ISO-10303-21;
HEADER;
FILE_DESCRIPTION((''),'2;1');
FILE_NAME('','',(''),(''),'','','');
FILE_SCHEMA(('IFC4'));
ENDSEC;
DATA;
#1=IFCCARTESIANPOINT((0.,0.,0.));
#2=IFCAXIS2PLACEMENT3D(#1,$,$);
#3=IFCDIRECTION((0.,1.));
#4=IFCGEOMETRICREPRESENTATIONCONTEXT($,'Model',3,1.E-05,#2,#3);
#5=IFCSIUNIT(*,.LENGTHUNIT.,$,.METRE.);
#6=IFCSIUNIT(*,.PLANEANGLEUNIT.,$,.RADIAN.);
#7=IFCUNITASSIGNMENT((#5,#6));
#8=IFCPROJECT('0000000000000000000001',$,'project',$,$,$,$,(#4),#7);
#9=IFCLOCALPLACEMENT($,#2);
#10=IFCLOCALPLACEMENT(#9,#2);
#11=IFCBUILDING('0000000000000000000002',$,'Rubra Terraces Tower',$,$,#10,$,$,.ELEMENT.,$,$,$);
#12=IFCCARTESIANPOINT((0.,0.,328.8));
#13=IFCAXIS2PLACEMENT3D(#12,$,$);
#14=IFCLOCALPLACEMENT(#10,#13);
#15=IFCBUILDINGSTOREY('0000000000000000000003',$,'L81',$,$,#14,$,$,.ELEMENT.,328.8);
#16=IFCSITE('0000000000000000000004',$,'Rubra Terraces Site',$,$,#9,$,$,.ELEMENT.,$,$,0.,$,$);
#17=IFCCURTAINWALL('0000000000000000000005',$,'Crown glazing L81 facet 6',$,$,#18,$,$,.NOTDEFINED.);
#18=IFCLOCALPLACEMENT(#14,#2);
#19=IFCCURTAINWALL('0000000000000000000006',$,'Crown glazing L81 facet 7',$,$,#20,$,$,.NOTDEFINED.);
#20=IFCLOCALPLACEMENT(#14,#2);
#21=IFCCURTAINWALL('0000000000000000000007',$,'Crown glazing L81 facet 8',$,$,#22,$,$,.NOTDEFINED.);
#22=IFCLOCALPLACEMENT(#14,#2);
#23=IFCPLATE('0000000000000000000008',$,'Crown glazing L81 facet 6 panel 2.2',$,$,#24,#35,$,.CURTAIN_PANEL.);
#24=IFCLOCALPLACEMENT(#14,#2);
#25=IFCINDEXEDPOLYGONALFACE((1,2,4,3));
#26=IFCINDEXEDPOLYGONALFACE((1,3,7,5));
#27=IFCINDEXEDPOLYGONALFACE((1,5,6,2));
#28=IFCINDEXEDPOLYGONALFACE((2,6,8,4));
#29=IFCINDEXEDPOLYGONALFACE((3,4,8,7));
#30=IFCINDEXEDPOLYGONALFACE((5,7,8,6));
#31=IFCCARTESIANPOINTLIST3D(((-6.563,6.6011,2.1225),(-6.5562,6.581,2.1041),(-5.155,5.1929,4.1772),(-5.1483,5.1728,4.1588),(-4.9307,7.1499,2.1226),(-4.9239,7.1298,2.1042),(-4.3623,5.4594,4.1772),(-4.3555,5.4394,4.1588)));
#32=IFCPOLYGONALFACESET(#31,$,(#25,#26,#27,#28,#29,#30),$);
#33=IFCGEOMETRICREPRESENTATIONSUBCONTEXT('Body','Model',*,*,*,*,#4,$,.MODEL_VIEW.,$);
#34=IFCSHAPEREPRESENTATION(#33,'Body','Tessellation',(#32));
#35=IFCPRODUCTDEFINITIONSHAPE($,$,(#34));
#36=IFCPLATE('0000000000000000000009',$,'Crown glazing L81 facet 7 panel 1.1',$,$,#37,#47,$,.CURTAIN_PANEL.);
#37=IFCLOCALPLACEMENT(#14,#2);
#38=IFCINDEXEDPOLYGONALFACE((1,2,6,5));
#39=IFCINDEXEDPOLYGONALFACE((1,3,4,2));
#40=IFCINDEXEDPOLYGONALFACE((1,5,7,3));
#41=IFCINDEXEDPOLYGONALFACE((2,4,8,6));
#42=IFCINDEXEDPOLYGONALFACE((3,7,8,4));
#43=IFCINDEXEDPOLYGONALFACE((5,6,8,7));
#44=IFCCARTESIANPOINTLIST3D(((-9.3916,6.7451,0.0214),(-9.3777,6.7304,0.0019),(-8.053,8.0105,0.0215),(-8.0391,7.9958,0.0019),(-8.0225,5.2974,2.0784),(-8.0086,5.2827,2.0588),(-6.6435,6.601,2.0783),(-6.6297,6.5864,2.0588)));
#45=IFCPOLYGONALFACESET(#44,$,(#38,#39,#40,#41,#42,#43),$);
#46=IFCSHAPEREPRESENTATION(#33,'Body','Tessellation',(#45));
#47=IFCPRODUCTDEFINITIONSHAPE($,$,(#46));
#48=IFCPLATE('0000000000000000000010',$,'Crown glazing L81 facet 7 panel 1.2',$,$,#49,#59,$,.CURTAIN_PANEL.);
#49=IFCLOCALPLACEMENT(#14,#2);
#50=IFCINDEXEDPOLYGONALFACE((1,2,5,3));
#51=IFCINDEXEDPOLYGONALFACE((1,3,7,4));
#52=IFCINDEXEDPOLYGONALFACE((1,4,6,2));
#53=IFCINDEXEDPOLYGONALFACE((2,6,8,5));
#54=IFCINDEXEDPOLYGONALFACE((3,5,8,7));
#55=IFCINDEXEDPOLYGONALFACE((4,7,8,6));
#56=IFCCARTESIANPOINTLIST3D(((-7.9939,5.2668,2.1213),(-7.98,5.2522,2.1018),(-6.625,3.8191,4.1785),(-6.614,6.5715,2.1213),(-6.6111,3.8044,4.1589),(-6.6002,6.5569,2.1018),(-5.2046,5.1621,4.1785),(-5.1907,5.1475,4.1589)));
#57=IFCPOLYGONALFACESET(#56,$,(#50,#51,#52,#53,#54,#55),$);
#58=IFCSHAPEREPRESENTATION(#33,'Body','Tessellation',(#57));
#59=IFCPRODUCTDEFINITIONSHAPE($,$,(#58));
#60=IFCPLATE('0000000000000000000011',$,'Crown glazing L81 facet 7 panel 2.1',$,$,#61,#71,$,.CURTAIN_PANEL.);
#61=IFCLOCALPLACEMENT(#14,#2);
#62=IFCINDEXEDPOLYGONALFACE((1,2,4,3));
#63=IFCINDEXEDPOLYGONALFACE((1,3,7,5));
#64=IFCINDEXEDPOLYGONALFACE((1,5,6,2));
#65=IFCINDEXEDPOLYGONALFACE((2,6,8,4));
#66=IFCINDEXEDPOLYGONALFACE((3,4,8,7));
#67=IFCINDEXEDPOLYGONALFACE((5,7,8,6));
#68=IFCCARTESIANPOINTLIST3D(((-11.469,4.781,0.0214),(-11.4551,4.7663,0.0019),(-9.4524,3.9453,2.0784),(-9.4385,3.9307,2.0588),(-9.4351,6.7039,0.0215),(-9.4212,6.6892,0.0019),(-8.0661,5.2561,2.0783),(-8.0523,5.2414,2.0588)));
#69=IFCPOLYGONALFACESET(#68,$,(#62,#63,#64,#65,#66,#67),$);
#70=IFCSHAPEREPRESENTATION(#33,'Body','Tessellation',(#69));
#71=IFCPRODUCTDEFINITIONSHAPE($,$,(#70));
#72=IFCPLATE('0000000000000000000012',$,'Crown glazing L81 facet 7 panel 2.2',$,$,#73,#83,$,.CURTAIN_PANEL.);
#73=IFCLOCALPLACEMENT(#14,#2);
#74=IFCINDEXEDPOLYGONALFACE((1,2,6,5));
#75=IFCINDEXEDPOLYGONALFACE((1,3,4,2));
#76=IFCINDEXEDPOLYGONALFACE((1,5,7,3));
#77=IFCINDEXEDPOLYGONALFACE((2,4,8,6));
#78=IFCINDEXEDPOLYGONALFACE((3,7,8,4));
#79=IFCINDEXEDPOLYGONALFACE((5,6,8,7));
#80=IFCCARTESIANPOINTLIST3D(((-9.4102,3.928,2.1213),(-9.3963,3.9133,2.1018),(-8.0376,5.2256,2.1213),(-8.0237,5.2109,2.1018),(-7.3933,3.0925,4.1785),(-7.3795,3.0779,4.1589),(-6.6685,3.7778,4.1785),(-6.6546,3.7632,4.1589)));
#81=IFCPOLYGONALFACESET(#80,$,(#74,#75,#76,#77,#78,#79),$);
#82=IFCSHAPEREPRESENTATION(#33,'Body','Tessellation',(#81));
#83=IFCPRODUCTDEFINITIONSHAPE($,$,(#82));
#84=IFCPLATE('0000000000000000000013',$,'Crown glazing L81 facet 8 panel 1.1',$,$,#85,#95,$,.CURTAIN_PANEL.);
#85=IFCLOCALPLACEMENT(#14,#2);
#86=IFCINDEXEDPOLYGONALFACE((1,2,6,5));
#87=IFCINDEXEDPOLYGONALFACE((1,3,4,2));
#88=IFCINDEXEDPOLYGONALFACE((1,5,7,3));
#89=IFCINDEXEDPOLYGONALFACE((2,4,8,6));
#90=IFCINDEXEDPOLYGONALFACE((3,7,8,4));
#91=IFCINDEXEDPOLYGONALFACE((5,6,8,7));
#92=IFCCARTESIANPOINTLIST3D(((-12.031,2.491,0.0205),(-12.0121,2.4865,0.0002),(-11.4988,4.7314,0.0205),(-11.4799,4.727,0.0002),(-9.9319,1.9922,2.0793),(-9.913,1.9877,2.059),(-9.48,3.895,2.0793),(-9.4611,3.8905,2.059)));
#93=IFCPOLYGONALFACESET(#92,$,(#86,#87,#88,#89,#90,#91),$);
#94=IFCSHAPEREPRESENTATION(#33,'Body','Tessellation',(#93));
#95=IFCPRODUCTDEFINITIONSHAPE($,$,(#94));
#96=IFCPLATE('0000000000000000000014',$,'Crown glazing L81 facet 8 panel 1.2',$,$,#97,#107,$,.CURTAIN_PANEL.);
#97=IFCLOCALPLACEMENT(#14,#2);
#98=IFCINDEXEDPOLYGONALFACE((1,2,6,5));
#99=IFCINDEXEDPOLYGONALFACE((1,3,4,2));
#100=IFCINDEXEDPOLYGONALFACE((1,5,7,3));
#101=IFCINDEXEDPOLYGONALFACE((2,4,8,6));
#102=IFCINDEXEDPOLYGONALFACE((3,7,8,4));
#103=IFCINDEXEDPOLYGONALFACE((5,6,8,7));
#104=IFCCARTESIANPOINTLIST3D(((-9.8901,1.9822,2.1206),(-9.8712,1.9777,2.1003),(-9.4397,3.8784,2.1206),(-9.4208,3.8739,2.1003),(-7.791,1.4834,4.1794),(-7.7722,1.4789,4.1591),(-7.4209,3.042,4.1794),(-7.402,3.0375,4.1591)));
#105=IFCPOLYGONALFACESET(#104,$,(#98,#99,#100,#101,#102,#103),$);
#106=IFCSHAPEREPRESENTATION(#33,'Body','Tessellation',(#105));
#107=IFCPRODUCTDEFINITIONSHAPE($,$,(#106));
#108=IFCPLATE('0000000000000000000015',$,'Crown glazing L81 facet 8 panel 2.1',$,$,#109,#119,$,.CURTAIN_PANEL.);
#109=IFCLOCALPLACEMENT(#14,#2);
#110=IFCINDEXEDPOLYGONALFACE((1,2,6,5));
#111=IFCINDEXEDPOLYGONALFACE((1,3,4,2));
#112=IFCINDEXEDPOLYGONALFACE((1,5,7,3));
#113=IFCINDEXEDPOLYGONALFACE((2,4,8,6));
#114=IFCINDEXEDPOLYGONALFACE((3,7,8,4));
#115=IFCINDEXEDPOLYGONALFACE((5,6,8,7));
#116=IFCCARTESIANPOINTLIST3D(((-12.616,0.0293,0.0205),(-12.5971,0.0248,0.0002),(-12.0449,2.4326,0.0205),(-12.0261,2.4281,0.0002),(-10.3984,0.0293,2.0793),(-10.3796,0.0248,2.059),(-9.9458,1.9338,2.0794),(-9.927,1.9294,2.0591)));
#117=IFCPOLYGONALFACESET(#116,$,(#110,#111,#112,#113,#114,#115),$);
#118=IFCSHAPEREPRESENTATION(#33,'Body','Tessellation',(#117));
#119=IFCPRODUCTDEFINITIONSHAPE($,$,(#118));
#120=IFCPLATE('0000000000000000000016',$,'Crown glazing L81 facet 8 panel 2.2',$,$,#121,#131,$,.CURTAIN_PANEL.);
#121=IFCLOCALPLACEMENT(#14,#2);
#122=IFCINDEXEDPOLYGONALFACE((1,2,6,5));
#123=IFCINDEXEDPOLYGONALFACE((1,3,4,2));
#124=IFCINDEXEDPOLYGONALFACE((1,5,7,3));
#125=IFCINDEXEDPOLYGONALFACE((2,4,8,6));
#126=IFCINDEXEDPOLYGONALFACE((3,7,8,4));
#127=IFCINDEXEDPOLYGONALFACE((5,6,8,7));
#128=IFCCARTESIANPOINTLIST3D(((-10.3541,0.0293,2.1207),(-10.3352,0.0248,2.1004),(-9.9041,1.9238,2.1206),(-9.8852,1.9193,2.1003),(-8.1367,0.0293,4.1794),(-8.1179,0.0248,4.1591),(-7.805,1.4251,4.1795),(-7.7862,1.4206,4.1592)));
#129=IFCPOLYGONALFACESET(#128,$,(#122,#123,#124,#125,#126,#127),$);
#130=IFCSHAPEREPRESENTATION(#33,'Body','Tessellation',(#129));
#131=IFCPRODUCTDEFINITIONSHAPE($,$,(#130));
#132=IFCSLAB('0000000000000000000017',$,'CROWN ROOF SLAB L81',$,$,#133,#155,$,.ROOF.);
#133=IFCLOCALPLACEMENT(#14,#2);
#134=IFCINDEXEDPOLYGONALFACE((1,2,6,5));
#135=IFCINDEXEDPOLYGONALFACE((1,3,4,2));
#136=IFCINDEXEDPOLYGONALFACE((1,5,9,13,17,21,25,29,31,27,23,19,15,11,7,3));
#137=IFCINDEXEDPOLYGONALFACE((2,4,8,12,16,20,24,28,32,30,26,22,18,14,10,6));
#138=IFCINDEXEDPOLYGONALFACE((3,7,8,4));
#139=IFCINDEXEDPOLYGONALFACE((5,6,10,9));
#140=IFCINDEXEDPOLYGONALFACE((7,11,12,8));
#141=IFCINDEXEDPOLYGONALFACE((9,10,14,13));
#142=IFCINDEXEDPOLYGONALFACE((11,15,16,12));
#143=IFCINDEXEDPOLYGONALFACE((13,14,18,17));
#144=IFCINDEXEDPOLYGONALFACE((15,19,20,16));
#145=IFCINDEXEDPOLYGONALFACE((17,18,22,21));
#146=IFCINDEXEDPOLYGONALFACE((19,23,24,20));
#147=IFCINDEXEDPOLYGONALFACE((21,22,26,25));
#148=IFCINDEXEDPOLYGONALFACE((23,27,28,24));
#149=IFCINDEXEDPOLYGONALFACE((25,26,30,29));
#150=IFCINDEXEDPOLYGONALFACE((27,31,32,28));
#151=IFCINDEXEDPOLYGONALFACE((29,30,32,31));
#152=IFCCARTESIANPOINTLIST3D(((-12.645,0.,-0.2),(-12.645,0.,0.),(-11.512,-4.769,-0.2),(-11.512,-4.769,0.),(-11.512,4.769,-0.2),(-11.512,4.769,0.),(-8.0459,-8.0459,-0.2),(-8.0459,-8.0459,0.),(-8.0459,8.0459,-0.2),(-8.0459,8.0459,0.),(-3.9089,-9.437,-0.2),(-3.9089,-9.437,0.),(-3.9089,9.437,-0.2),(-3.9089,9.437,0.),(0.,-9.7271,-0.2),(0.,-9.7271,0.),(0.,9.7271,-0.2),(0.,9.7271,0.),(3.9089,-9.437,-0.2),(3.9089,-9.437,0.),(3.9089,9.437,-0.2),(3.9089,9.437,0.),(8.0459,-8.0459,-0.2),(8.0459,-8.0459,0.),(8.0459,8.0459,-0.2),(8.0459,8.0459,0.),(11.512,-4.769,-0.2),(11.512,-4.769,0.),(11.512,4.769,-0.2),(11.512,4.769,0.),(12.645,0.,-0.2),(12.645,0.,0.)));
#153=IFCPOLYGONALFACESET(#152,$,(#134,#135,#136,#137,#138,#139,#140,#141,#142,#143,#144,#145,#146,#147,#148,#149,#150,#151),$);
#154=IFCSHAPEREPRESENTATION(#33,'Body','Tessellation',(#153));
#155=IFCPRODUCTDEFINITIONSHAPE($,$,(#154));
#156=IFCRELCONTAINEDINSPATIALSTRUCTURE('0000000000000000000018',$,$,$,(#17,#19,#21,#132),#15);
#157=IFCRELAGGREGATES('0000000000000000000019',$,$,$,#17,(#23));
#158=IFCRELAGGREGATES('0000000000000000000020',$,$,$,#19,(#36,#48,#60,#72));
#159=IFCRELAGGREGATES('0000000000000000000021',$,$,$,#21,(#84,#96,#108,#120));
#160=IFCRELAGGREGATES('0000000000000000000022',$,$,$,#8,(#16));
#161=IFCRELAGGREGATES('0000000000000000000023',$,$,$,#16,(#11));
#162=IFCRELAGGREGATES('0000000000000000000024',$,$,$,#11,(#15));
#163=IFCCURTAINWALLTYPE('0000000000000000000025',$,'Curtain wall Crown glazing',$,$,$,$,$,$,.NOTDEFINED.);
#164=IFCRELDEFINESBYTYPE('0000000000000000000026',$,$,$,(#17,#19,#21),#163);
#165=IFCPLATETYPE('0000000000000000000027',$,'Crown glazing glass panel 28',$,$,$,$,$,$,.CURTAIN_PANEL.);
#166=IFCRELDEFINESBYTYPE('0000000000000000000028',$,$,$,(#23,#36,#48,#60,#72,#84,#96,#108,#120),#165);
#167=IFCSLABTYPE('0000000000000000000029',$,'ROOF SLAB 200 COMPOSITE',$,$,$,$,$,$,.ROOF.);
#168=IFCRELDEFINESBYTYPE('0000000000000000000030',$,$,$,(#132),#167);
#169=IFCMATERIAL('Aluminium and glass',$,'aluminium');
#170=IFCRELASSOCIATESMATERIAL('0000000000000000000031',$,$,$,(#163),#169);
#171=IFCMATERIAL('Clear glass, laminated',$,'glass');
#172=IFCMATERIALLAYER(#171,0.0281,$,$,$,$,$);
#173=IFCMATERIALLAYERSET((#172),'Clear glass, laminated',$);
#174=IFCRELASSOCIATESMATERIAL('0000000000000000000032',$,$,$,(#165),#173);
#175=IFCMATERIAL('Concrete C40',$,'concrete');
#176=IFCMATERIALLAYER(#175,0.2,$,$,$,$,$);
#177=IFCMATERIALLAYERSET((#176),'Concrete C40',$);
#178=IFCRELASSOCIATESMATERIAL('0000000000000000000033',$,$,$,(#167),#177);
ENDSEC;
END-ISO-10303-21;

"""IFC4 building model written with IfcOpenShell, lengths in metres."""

from ifc_helpers import new_model, si_unit, direction, frame, origin, place, context, subcontext, project, spatial, polyline, outline, extrude, material, layer, layer_set, type_object, element, aggregate, save


model = new_model("IFC4")

# Units and contexts
model_context = context("Model", 3, precision=1e-05, world=origin(), true_north=direction((0.0, 1.0)))
body_context = subcontext(model_context, "Body", "Model", "MODEL_VIEW")
ifc_project = project(units=[si_unit("LENGTHUNIT", "METRE"), si_unit("PLANEANGLEUNIT", "RADIAN")], contexts=[model_context])

# Site, building, storey
site_placement = place(None, origin())
site = spatial("IfcSite", under=ifc_project, at=site_placement, Name="Rubra Terraces Site", CompositionType="ELEMENT", RefElevation=0.0)
building_placement = place(site_placement, origin())
building = spatial("IfcBuilding", under=site, at=building_placement, Name="Rubra Terraces Tower", CompositionType="ELEMENT")
storey_placement = place(building_placement, frame((0.0, 0.0, 328.8)))
storey = spatial("IfcBuildingStorey", under=building, at=storey_placement, Name="L81", CompositionType="ELEMENT", Elevation=328.8)

# Curtain walls
ifc_material_1 = material(Name="Aluminium and glass", Category="aluminium")
curtain_wall_type = type_object("IfcCurtainWallType", Name="Curtain wall Crown glazing", PredefinedType="NOTDEFINED", material=ifc_material_1)
curtain_wall_1_placement = place(storey_placement, origin())
curtain_wall_1 = element("IfcCurtainWall", 1, at=curtain_wall_1_placement, inside=storey, type_object=curtain_wall_type, Name="Crown glazing L81 facet 6", PredefinedType="NOTDEFINED")
curtain_wall_2_placement = place(storey_placement, origin())
curtain_wall_2 = element("IfcCurtainWall", 2, at=curtain_wall_2_placement, inside=storey, type_object=curtain_wall_type, Name="Crown glazing L81 facet 7", PredefinedType="NOTDEFINED")
curtain_wall_3_placement = place(storey_placement, origin())
curtain_wall_3 = element("IfcCurtainWall", 3, at=curtain_wall_3_placement, inside=storey, type_object=curtain_wall_type, Name="Crown glazing L81 facet 8", PredefinedType="NOTDEFINED")

# Shared definitions
ifc_material_2 = material(Name="Clear glass, laminated", Category="glass")
ifc_layer_1 = layer(ifc_material_2, 0.0281)
ifc_layer_set_1 = layer_set([ifc_layer_1], Name="Clear glass, laminated")
plate_type = type_object("IfcPlateType", Name="Crown glazing glass panel 28", PredefinedType="CURTAIN_PANEL", material=ifc_layer_set_1)

# Plates
plate_1_placement = place(storey_placement, frame((-4.9307, 7.1499, 2.1226), z_axis=(-0.240693, 0.715808, 0.655504), x_axis=(-0.947853, -0.318707, -0.000012)))
plate_1 = element("IfcPlate", 4, at=plate_1_placement, type_object=plate_type, Name="Crown glazing L81 facet 6 panel 2.2", PredefinedType="CURTAIN_PANEL", context=body_context, shape_type="SweptSolid", body=[
    extrude(outline(polyline([(0.0, 0.0), (1.7221, 0.0), (0.8364, 2.7208), (0.0, 2.7207), (0.0, 0.0)])), origin(), (0.0, 0.0, -1.0), 0.0281),
])
aggregate(curtain_wall_1, [plate_1])
plate_2_placement = place(storey_placement, frame((-8.053, 8.0105, 0.0215), z_axis=(-0.493427, 0.521937, 0.695781), x_axis=(-0.726691, -0.686965, -0.000024)))
plate_2 = element("IfcPlate", 5, at=plate_2_placement, type_object=plate_type, Name="Crown glazing L81 facet 7 panel 1.1", PredefinedType="CURTAIN_PANEL", context=body_context, shape_type="SweptSolid", body=[
    extrude(outline(polyline([(0.0, 0.0), (1.842, 0.0), (1.8416, 2.8638), (-0.056, 2.8637), (0.0, 0.0)])), origin(), (0.0, 0.0, -1.0), 0.0281),
])
plate_3_placement = place(storey_placement, frame((-6.614, 6.5715, 2.1213), z_axis=(-0.493502, 0.521942, 0.695724), x_axis=(-0.726627, -0.687032, -0.000001)))
plate_3 = element("IfcPlate", 6, at=plate_3_placement, type_object=plate_type, Name="Crown glazing L81 facet 7 panel 1.2", PredefinedType="CURTAIN_PANEL", context=body_context, shape_type="SweptSolid", body=[
    extrude(outline(polyline([(0.0, 0.0), (1.899, 0.0), (1.899, 2.8639), (-0.0558, 2.8638), (0.0, 0.0)])), origin(), (0.0, 0.0, -1.0), 0.0281),
])
plate_4_placement = place(storey_placement, frame((-9.4351, 6.7039, 0.0215), z_axis=(-0.493446, 0.521909, 0.695788), x_axis=(-0.726657, -0.687, -0.000021)))
plate_4 = element("IfcPlate", 7, at=plate_4_placement, type_object=plate_type, Name="Crown glazing L81 facet 7 panel 2.1", PredefinedType="CURTAIN_PANEL", context=body_context, shape_type="SweptSolid", body=[
    extrude(outline(polyline([(0.0, 0.0), (2.799, 0.0), (1.9077, 2.8638), (-0.0002, 2.8637), (0.0, 0.0)])), origin(), (0.0, 0.0, -1.0), 0.0281),
])
plate_5_placement = place(storey_placement, frame((-8.0376, 5.2256, 2.1213), z_axis=(-0.493451, 0.521945, 0.695758), x_axis=(-0.726666, -0.686991, -0.000004)))
plate_5 = element("IfcPlate", 8, at=plate_5_placement, type_object=plate_type, Name="Crown glazing L81 facet 7 panel 2.2", PredefinedType="CURTAIN_PANEL", context=body_context, shape_type="SweptSolid", body=[
    extrude(outline(polyline([(0.0, 0.0), (1.8888, 0.0), (0.9972, 2.864), (-0.0003, 2.864), (0.0, 0.0)])), origin(), (0.0, 0.0, -1.0), 0.0281),
])
aggregate(curtain_wall_2, [plate_2, plate_3, plate_4, plate_5])
plate_6_placement = place(storey_placement, frame((-11.4988, 4.7314, 0.0205), z_axis=(-0.671683, 0.15954, 0.723456), x_axis=(-0.231107, -0.972928, -0.000013)))
plate_6 = element("IfcPlate", 9, at=plate_6_placement, type_object=plate_type, Name="Crown glazing L81 facet 8 panel 1.1", PredefinedType="CURTAIN_PANEL", context=body_context, shape_type="SweptSolid", body=[
    extrude(outline(polyline([(0.0, 0.0), (2.3028, 0.0), (2.303, 2.9823), (0.3472, 2.9822), (0.0, 0.0)])), origin(), (0.0, 0.0, -1.0), 0.0281),
])
plate_7_placement = place(storey_placement, frame((-9.4397, 3.8784, 2.1206), z_axis=(-0.671686, 0.159532, 0.723456), x_axis=(-0.231098, -0.972931, -0.000016)))
plate_7 = element("IfcPlate", 10, at=plate_7_placement, type_object=plate_type, Name="Crown glazing L81 facet 8 panel 1.2", PredefinedType="CURTAIN_PANEL", context=body_context, shape_type="SweptSolid", body=[
    extrude(outline(polyline([(0.0, 0.0), (1.949, 0.0), (1.9491, 2.9823), (0.3472, 2.9822), (0.0, 0.0)])), origin(), (0.0, 0.0, -1.0), 0.0281),
])
plate_8_placement = place(storey_placement, frame((-12.0449, 2.4326, 0.0205), z_axis=(-0.671666, 0.159609, 0.723456), x_axis=(-0.231181, -0.972911, 0.000012)))
plate_8 = element("IfcPlate", 11, at=plate_8_placement, type_object=plate_type, Name="Crown glazing L81 facet 8 panel 2.1", PredefinedType="CURTAIN_PANEL", context=body_context, shape_type="SweptSolid", body=[
    extrude(outline(polyline([(0.0, 0.0), (2.4702, 0.0), (1.9576, 2.9822), (0.0, 2.9823), (0.0, 0.0)])), origin(), (0.0, 0.0, -1.0), 0.0281),
])
plate_9_placement = place(storey_placement, frame((-9.9041, 1.9238, 2.1206), z_axis=(-0.67169, 0.159587, 0.723439), x_axis=(-0.231112, -0.972927, 0.000043)))
plate_9 = element("IfcPlate", 12, at=plate_9_placement, type_object=plate_type, Name="Crown glazing L81 facet 8 panel 2.2", PredefinedType="CURTAIN_PANEL", context=body_context, shape_type="SweptSolid", body=[
    extrude(outline(polyline([(0.0, 0.0), (1.9472, 0.0), (1.4349, 2.9821), (0.0002, 2.9823), (0.0, 0.0)])), origin(), (0.0, 0.0, -1.0), 0.0281),
])
aggregate(curtain_wall_3, [plate_6, plate_7, plate_8, plate_9])

# Slab
ifc_material_3 = material(Name="Concrete C40", Category="concrete")
ifc_layer_2 = layer(ifc_material_3, 0.2)
ifc_layer_set_2 = layer_set([ifc_layer_2], Name="Concrete C40")
slab_type = type_object("IfcSlabType", Name="ROOF SLAB 200 COMPOSITE", PredefinedType="ROOF", material=ifc_layer_set_2)
slab_placement = place(storey_placement, frame((0.0, 0.0, -0.2)))
element("IfcSlab", 13, at=slab_placement, inside=storey, type_object=slab_type, Name="CROWN ROOF SLAB L81", PredefinedType="ROOF", context=body_context, shape_type="SweptSolid", body=[
    extrude(outline(polyline([(12.645, 0.0), (11.512, 4.769), (8.0459, 8.0459), (3.9089, 9.437), (0.0, 9.7271), (-3.9089, 9.437), (-8.0459, 8.0459), (-11.512, 4.769), (-12.645, 0.0), (-11.512, -4.769), (-8.0459, -8.0459), (-3.9089, -9.437), (0.0, -9.7271), (3.9089, -9.437), (8.0459, -8.0459), (11.512, -4.769), (12.645, 0.0)])), origin(), (0.0, 0.0, 1.0), 0.2),
])

save(model, "model.ifc")
